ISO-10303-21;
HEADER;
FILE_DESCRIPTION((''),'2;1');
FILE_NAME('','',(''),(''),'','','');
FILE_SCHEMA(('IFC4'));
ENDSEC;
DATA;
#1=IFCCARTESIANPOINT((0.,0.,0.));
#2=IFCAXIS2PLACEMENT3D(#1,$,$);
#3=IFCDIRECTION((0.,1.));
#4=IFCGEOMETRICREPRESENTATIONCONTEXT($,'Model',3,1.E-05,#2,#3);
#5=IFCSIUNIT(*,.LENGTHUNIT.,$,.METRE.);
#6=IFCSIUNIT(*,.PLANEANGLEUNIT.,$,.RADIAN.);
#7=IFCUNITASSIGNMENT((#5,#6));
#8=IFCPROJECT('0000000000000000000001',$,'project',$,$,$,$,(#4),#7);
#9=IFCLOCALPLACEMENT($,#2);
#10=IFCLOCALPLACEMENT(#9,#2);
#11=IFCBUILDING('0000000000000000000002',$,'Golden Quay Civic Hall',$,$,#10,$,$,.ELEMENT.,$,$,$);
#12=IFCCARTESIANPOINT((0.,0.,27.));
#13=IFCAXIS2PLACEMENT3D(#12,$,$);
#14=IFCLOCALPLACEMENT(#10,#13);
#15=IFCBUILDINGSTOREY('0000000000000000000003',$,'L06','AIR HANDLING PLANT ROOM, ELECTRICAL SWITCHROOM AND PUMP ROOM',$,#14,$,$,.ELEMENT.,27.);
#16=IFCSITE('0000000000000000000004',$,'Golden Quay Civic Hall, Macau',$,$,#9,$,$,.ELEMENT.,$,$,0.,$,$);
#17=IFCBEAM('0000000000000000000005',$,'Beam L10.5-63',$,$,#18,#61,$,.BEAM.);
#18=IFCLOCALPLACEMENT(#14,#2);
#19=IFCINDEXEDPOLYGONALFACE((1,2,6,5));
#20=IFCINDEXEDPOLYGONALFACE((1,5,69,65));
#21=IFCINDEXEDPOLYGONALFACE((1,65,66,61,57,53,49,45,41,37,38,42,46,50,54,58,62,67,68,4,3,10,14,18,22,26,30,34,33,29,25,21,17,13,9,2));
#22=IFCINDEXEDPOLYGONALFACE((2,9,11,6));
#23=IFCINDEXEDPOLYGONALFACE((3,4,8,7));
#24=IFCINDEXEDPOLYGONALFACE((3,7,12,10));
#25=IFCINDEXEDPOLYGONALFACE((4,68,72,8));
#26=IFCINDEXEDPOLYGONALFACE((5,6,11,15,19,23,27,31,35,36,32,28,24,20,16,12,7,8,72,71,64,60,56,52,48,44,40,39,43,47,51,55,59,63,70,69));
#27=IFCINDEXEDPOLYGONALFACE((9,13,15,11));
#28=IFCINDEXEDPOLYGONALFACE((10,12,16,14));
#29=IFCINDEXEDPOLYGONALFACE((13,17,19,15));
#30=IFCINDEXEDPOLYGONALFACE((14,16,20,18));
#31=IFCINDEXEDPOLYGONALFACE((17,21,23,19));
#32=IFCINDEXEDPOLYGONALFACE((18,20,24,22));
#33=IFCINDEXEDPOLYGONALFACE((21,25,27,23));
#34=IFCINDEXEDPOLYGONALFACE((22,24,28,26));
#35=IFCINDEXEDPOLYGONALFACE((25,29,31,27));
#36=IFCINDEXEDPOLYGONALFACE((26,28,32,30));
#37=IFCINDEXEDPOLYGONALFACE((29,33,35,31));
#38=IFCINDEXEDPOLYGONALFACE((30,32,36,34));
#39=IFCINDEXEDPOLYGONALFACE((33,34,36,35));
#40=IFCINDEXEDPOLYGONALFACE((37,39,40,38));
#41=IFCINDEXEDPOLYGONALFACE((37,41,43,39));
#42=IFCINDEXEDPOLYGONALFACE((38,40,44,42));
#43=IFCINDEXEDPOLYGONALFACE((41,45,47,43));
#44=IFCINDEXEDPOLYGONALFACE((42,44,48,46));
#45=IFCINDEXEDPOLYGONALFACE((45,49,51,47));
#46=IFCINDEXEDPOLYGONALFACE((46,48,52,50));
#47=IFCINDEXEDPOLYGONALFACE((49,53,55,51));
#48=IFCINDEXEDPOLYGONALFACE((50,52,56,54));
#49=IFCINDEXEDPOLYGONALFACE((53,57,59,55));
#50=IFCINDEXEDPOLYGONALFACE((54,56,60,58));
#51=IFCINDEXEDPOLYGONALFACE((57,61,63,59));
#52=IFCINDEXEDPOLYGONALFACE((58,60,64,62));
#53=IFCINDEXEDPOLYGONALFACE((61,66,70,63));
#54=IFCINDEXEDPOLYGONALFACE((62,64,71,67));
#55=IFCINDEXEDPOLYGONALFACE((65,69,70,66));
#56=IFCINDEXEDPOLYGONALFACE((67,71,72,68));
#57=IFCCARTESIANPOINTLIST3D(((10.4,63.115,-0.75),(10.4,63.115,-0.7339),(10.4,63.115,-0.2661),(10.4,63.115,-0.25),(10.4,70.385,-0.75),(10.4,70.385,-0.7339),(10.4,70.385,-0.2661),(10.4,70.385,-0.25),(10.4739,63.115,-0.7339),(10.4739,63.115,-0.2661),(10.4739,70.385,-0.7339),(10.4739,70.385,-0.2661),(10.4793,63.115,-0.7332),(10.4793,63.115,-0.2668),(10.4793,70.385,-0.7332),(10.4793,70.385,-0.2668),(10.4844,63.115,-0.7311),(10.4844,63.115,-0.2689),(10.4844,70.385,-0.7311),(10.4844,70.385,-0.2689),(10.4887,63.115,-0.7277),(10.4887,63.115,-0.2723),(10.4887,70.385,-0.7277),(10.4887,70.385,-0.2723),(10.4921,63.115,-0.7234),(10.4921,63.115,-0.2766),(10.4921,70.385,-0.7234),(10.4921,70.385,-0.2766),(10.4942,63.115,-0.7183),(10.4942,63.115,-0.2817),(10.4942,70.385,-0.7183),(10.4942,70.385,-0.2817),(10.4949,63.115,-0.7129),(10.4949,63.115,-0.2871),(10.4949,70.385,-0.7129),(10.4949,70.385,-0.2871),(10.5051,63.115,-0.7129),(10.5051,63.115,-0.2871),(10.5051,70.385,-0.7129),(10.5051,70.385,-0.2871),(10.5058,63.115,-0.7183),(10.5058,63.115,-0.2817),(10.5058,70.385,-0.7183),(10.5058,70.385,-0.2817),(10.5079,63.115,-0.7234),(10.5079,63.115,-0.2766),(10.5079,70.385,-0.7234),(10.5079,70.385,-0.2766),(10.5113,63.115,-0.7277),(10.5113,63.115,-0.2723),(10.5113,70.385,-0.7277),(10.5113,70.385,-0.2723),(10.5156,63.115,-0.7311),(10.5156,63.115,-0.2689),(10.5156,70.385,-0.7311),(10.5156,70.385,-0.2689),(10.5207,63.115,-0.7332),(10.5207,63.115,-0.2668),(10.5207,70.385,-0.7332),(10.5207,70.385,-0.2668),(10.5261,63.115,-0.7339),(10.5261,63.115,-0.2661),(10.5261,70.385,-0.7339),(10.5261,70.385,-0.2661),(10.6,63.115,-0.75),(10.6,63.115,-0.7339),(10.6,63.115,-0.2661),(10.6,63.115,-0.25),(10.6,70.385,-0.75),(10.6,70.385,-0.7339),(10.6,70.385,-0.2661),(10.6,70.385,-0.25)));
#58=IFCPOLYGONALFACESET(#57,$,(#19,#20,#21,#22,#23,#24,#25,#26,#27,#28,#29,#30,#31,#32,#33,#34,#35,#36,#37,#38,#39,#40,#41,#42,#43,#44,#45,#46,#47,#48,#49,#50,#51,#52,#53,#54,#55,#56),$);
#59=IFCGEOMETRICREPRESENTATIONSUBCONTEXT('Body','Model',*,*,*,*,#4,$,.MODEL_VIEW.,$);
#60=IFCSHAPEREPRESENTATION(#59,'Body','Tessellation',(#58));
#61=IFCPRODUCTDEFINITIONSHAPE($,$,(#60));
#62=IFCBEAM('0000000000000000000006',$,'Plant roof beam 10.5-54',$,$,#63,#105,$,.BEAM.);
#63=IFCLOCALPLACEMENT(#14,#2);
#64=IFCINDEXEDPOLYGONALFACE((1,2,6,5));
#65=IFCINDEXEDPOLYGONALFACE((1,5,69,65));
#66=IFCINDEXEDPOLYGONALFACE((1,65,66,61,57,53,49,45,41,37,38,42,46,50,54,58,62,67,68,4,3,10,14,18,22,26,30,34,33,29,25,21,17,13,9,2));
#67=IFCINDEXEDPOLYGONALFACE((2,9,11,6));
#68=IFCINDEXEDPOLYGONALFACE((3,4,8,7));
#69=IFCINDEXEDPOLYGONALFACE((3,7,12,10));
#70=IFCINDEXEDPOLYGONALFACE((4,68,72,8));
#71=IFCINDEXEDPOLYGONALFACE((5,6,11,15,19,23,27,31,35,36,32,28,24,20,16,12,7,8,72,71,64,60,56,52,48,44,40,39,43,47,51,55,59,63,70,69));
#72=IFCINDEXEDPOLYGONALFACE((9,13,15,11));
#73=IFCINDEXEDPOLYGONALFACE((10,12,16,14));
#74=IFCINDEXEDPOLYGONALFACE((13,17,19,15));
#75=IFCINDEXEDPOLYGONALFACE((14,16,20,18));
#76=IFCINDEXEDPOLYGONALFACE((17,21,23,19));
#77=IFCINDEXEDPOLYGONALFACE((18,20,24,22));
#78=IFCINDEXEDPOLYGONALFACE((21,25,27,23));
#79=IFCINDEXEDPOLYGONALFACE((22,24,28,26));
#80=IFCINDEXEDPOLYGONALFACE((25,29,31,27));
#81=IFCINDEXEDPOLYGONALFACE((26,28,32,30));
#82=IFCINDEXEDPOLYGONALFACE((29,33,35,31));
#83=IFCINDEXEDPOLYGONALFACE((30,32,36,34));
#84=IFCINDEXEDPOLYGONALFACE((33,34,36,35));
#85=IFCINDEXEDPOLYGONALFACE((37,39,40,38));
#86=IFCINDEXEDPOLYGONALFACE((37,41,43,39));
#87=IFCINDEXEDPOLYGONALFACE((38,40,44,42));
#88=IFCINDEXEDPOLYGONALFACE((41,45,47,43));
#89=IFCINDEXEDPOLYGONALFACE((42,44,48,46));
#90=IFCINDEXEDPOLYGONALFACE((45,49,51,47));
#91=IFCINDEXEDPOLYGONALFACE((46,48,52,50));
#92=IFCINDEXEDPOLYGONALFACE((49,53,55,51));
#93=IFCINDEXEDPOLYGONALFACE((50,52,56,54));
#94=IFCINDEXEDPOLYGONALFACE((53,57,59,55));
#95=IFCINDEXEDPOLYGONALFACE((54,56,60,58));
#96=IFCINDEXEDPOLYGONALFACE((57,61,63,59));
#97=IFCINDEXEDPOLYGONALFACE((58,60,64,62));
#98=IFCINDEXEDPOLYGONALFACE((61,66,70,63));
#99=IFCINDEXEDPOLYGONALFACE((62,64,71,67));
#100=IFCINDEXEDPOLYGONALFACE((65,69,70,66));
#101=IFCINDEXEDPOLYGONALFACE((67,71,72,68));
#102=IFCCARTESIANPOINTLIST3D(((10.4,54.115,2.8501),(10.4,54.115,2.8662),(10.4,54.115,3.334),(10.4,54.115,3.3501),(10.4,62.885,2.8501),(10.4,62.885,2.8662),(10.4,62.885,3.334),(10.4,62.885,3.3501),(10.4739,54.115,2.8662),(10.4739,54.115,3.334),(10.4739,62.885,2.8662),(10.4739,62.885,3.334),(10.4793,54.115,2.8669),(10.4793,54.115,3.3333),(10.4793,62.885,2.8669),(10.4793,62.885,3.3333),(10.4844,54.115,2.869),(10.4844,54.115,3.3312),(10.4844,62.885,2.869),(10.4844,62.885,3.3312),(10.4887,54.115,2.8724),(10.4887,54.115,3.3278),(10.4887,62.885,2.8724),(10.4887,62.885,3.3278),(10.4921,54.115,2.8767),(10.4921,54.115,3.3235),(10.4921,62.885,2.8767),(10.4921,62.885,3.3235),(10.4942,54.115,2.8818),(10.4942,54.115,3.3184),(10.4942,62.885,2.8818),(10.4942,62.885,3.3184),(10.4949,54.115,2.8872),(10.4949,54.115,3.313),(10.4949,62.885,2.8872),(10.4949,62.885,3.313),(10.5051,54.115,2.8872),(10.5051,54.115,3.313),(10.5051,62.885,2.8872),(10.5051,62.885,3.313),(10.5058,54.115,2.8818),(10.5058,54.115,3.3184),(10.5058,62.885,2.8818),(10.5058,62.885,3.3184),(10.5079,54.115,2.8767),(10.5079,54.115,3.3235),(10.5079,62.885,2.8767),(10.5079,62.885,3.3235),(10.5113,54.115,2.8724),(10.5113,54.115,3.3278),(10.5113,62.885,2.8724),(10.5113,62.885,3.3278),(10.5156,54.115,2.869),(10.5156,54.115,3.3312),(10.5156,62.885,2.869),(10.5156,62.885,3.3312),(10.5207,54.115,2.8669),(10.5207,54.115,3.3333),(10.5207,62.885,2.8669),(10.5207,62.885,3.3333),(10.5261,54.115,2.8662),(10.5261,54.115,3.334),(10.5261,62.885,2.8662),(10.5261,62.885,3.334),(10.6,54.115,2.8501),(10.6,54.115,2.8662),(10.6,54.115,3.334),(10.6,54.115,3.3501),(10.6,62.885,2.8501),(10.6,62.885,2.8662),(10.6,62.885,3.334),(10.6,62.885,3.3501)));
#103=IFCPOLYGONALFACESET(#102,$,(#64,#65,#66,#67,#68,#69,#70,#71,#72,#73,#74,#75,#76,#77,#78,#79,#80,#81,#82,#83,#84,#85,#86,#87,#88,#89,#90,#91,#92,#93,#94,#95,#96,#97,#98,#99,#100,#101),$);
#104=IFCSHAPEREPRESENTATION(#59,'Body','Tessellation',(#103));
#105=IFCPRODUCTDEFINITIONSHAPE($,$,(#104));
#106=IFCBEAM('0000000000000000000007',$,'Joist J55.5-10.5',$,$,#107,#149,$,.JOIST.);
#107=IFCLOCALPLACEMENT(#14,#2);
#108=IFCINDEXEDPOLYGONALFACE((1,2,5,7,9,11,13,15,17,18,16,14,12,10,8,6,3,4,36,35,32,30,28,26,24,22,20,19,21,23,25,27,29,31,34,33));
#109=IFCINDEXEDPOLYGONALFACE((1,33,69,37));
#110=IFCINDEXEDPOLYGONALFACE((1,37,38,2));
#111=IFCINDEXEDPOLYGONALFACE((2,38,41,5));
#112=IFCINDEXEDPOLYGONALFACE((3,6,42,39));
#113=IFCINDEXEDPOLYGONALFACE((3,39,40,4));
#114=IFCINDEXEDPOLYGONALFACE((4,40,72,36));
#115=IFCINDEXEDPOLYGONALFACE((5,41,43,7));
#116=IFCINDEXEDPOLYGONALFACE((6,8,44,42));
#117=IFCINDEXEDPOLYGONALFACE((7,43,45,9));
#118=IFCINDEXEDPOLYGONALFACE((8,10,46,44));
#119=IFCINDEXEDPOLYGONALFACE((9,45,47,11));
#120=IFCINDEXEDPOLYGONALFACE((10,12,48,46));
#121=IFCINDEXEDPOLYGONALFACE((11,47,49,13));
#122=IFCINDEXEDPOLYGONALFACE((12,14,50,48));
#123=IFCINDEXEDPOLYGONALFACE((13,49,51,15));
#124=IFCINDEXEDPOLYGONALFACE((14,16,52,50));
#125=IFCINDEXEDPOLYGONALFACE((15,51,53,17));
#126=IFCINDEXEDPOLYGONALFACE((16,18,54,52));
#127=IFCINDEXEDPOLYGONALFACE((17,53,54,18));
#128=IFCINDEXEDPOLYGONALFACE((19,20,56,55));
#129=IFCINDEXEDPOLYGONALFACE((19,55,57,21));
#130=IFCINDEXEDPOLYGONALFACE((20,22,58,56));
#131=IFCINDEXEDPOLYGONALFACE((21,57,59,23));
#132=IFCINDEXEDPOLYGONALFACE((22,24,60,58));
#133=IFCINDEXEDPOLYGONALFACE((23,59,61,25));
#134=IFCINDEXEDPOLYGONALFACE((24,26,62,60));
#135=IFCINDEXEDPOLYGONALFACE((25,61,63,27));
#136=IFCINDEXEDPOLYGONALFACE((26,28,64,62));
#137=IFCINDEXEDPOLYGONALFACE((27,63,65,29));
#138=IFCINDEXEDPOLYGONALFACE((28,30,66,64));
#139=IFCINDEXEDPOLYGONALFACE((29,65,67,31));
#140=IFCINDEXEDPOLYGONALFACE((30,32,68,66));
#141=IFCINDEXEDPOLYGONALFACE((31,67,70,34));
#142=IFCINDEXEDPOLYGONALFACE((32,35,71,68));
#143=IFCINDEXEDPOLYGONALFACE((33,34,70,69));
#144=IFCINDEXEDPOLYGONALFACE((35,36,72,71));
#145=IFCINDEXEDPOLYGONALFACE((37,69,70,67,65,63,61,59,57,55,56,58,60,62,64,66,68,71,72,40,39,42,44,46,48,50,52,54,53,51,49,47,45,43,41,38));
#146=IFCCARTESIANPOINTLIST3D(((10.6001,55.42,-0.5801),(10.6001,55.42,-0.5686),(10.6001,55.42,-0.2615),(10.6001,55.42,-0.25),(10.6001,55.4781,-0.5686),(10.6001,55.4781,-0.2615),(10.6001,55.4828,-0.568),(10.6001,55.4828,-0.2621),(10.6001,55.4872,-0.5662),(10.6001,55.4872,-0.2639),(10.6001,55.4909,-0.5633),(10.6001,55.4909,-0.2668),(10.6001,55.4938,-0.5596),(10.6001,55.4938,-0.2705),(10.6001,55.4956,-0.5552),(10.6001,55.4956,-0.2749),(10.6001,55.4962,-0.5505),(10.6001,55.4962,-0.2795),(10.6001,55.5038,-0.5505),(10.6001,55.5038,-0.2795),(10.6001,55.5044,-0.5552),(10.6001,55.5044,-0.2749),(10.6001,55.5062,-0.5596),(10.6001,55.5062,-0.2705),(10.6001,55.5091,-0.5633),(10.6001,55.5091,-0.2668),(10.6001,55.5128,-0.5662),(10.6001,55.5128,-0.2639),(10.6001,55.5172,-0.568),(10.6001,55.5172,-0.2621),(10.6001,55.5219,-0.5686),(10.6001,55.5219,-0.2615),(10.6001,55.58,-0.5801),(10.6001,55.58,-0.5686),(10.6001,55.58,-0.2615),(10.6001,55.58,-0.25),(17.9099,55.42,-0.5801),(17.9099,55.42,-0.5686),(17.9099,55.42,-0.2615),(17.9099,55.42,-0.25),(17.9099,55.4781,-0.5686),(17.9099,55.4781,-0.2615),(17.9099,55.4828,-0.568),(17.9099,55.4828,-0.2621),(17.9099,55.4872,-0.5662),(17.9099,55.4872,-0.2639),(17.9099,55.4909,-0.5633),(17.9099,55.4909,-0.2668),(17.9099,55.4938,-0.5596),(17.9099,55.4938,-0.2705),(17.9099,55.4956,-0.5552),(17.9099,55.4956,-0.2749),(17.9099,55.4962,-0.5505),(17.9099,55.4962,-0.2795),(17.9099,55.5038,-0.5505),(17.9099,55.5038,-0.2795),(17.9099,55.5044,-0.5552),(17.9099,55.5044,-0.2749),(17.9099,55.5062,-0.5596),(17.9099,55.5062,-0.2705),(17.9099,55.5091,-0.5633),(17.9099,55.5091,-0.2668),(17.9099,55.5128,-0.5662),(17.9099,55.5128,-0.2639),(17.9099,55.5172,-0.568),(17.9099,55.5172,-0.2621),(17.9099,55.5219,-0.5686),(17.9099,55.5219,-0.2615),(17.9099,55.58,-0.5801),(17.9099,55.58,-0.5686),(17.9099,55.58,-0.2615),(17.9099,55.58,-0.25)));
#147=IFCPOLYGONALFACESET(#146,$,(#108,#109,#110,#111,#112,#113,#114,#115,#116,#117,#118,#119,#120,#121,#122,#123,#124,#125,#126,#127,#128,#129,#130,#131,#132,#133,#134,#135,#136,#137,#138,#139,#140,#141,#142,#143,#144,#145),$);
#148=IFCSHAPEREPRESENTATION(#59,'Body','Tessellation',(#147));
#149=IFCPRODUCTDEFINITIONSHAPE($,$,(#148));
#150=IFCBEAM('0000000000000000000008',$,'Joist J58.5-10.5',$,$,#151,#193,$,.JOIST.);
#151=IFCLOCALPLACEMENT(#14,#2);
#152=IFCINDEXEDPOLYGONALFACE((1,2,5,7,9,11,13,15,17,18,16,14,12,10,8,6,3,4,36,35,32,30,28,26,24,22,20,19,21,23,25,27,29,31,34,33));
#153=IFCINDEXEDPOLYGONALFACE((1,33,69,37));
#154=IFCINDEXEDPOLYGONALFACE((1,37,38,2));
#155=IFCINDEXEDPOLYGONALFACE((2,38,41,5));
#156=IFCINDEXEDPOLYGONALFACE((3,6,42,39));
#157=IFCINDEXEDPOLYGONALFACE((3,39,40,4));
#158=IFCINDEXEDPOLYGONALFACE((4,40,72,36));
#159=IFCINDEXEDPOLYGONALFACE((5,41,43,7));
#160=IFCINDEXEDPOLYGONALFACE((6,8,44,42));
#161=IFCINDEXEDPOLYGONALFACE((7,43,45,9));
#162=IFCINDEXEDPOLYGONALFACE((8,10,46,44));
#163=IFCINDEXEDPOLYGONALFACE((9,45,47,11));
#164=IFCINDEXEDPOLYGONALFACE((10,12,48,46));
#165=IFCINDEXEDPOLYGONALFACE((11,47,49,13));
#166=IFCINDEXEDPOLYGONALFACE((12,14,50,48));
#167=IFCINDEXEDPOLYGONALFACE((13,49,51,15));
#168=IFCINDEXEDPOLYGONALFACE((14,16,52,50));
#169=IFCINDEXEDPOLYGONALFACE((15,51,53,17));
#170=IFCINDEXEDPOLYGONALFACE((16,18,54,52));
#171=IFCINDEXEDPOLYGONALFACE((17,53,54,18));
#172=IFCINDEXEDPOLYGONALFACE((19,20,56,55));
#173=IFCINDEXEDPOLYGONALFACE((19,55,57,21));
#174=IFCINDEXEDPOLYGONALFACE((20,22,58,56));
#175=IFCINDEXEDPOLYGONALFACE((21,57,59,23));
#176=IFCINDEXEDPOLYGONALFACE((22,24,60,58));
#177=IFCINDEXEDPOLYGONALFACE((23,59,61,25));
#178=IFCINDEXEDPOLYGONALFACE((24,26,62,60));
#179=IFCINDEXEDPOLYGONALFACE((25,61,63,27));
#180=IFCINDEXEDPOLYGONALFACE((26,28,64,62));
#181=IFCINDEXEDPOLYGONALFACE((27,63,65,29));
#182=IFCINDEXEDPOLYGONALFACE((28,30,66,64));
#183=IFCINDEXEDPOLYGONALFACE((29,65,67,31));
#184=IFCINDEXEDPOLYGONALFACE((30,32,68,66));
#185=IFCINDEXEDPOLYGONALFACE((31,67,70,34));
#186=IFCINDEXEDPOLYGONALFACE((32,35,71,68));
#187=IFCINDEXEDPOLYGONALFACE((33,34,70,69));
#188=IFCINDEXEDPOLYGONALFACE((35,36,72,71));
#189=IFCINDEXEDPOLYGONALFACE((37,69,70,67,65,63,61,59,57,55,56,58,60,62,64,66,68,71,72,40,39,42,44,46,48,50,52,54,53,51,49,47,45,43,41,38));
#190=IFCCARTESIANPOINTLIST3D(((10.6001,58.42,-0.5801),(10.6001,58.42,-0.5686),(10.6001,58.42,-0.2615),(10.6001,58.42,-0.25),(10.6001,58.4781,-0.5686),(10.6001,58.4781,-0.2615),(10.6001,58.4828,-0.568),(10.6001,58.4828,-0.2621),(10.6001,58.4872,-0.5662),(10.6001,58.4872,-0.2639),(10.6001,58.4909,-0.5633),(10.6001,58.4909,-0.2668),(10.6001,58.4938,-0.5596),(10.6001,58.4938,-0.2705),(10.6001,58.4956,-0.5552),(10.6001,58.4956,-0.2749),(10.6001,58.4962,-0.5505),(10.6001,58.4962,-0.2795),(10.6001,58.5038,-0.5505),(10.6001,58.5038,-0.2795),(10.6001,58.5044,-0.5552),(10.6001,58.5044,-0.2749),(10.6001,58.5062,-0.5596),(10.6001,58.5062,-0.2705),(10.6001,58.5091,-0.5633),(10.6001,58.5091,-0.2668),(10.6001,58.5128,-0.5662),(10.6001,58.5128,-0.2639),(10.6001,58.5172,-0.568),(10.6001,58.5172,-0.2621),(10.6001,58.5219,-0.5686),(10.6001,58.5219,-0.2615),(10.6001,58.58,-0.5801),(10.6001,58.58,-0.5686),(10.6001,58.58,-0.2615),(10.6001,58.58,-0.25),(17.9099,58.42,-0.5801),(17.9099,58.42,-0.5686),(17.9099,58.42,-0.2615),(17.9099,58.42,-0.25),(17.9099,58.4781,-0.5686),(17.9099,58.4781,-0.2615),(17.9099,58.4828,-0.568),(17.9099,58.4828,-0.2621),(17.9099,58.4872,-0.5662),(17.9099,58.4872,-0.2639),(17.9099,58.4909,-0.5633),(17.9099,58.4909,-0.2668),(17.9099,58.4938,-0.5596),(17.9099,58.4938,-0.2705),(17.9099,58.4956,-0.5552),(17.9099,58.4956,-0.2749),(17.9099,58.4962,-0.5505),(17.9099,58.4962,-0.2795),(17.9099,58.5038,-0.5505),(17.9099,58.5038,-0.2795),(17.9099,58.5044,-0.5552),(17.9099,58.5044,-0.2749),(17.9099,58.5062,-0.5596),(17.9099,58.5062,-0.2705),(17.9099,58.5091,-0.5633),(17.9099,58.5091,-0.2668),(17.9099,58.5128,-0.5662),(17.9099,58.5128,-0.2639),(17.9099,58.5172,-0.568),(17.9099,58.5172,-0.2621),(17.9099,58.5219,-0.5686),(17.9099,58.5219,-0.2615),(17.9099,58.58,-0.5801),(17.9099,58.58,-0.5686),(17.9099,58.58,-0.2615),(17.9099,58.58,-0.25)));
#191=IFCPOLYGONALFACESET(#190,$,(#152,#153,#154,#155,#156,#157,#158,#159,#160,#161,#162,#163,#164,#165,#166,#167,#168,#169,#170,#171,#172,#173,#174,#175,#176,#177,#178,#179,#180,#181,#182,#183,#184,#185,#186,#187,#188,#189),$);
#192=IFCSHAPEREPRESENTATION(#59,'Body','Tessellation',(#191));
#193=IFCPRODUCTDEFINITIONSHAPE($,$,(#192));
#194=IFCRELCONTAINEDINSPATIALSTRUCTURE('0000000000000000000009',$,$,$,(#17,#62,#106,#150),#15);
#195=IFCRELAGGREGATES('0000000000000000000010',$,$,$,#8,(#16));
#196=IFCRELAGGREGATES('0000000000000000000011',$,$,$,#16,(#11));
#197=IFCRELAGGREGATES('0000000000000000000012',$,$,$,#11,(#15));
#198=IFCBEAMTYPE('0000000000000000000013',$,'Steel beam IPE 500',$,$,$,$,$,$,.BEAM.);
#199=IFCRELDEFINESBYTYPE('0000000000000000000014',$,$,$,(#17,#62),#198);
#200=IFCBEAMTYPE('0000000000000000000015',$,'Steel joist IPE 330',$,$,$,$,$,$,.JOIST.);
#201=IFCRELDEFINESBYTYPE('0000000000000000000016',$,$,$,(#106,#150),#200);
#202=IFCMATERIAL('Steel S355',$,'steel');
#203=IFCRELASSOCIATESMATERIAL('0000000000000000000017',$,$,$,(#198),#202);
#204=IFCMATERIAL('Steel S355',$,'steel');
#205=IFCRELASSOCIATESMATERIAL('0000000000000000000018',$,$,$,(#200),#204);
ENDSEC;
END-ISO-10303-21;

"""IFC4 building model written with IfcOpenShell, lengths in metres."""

from ifc_helpers import new_model, si_unit, direction, frame, origin, origin_2d, place, context, subcontext, project, spatial, i_section, extrude, material, material_profile, profile_set, type_object, element, save


model = new_model("IFC4")

# Units and contexts
model_context = context("Model", 3, precision=1e-05, world=origin(), true_north=direction((0.0, 1.0)))
body_context = subcontext(model_context, "Body", "Model", "MODEL_VIEW")
ifc_project = project(units=[si_unit("LENGTHUNIT", "METRE"), si_unit("PLANEANGLEUNIT", "RADIAN")], contexts=[model_context])

# Site, building, storey
site_placement = place(None, origin())
site = spatial("IfcSite", under=ifc_project, at=site_placement, Name="Golden Quay Civic Hall, Macau", CompositionType="ELEMENT", RefElevation=0.0)
building_placement = place(site_placement, origin())
building = spatial("IfcBuilding", under=site, at=building_placement, Name="Golden Quay Civic Hall", CompositionType="ELEMENT")
storey_placement = place(building_placement, frame((0.0, 0.0, 27.0)))
storey = spatial("IfcBuildingStorey", under=building, at=storey_placement, Name="L06", Description="AIR HANDLING PLANT ROOM, ELECTRICAL SWITCHROOM AND PUMP ROOM", CompositionType="ELEMENT", Elevation=27.0)

# Beams
ifc_material_1 = material(Name="Steel S355", Category="steel")
ifc_material_profile_1 = material_profile(ifc_material_1, i_section(OverallWidth=0.2, OverallDepth=0.5, WebThickness=0.0103, FlangeThickness=0.0161, FilletRadius=0.021, at=origin_2d()), Name="IPE 500")
ifc_profile_set_1 = profile_set([ifc_material_profile_1], Name="Steel S355")
beam_type_1 = type_object("IfcBeamType", Name="Steel beam IPE 500", PredefinedType="BEAM", material=ifc_profile_set_1)
beam_1_placement = place(storey_placement, frame((10.5, 63.115, -0.5), z_axis=(0.0, 1.0, 0.0), x_axis=(-1.0, 0.0, 0.0)))
element("IfcBeam", 1, at=beam_1_placement, inside=storey, type_object=beam_type_1, Name="Beam L10.5-63", PredefinedType="BEAM", context=body_context, shape_type="SweptSolid", body=[
    extrude(i_section(OverallWidth=0.2, OverallDepth=0.5, WebThickness=0.0103, FlangeThickness=0.0161, FilletRadius=0.021, at=origin_2d()), origin(), (0.0, 0.0, 1.0), 7.27),
])
beam_2_placement = place(storey_placement, frame((10.5, 54.115, 3.1001), z_axis=(0.0, 1.0, 0.0), x_axis=(-1.0, 0.0, 0.0)))
element("IfcBeam", 2, at=beam_2_placement, inside=storey, type_object=beam_type_1, Name="Plant roof beam 10.5-54", PredefinedType="BEAM", context=body_context, shape_type="SweptSolid", body=[
    extrude(i_section(OverallWidth=0.2, OverallDepth=0.5, WebThickness=0.0103, FlangeThickness=0.0161, FilletRadius=0.021, at=origin_2d()), origin(), (0.0, 0.0, 1.0), 8.77),
])
ifc_material_2 = material(Name="Steel S355", Category="steel")
ifc_material_profile_2 = material_profile(ifc_material_2, i_section(OverallWidth=0.1599, OverallDepth=0.3301, WebThickness=0.0076, FlangeThickness=0.0115, FilletRadius=0.0181, at=origin_2d()), Name="IPE 330")
ifc_profile_set_2 = profile_set([ifc_material_profile_2], Name="Steel S355")
beam_type_2 = type_object("IfcBeamType", Name="Steel joist IPE 330", PredefinedType="JOIST", material=ifc_profile_set_2)
for number, where, z_axis, x_axis, name in (
    (3, (10.6001, 55.5, -0.415), (1.0, 0.0, 0.0), (0.0, 1.0, 0.0), "Joist J55.5-10.5"),
    (4, (10.6001, 58.5, -0.415), (1.0, 0.0, 0.0), (0.0, 1.0, 0.0), "Joist J58.5-10.5"),
):
    element("IfcBeam", number, at=place(storey_placement, frame(where, z_axis=z_axis, x_axis=x_axis)), inside=storey, type_object=beam_type_2, Name=name, PredefinedType="JOIST", context=body_context, shape_type="SweptSolid", body=[
        extrude(i_section(OverallWidth=0.1599, OverallDepth=0.3301, WebThickness=0.0076, FlangeThickness=0.0115, FilletRadius=0.0181, at=origin_2d()), origin(), (0.0, 0.0, 1.0), 7.3098),
    ])

save(model, "model.ifc")
